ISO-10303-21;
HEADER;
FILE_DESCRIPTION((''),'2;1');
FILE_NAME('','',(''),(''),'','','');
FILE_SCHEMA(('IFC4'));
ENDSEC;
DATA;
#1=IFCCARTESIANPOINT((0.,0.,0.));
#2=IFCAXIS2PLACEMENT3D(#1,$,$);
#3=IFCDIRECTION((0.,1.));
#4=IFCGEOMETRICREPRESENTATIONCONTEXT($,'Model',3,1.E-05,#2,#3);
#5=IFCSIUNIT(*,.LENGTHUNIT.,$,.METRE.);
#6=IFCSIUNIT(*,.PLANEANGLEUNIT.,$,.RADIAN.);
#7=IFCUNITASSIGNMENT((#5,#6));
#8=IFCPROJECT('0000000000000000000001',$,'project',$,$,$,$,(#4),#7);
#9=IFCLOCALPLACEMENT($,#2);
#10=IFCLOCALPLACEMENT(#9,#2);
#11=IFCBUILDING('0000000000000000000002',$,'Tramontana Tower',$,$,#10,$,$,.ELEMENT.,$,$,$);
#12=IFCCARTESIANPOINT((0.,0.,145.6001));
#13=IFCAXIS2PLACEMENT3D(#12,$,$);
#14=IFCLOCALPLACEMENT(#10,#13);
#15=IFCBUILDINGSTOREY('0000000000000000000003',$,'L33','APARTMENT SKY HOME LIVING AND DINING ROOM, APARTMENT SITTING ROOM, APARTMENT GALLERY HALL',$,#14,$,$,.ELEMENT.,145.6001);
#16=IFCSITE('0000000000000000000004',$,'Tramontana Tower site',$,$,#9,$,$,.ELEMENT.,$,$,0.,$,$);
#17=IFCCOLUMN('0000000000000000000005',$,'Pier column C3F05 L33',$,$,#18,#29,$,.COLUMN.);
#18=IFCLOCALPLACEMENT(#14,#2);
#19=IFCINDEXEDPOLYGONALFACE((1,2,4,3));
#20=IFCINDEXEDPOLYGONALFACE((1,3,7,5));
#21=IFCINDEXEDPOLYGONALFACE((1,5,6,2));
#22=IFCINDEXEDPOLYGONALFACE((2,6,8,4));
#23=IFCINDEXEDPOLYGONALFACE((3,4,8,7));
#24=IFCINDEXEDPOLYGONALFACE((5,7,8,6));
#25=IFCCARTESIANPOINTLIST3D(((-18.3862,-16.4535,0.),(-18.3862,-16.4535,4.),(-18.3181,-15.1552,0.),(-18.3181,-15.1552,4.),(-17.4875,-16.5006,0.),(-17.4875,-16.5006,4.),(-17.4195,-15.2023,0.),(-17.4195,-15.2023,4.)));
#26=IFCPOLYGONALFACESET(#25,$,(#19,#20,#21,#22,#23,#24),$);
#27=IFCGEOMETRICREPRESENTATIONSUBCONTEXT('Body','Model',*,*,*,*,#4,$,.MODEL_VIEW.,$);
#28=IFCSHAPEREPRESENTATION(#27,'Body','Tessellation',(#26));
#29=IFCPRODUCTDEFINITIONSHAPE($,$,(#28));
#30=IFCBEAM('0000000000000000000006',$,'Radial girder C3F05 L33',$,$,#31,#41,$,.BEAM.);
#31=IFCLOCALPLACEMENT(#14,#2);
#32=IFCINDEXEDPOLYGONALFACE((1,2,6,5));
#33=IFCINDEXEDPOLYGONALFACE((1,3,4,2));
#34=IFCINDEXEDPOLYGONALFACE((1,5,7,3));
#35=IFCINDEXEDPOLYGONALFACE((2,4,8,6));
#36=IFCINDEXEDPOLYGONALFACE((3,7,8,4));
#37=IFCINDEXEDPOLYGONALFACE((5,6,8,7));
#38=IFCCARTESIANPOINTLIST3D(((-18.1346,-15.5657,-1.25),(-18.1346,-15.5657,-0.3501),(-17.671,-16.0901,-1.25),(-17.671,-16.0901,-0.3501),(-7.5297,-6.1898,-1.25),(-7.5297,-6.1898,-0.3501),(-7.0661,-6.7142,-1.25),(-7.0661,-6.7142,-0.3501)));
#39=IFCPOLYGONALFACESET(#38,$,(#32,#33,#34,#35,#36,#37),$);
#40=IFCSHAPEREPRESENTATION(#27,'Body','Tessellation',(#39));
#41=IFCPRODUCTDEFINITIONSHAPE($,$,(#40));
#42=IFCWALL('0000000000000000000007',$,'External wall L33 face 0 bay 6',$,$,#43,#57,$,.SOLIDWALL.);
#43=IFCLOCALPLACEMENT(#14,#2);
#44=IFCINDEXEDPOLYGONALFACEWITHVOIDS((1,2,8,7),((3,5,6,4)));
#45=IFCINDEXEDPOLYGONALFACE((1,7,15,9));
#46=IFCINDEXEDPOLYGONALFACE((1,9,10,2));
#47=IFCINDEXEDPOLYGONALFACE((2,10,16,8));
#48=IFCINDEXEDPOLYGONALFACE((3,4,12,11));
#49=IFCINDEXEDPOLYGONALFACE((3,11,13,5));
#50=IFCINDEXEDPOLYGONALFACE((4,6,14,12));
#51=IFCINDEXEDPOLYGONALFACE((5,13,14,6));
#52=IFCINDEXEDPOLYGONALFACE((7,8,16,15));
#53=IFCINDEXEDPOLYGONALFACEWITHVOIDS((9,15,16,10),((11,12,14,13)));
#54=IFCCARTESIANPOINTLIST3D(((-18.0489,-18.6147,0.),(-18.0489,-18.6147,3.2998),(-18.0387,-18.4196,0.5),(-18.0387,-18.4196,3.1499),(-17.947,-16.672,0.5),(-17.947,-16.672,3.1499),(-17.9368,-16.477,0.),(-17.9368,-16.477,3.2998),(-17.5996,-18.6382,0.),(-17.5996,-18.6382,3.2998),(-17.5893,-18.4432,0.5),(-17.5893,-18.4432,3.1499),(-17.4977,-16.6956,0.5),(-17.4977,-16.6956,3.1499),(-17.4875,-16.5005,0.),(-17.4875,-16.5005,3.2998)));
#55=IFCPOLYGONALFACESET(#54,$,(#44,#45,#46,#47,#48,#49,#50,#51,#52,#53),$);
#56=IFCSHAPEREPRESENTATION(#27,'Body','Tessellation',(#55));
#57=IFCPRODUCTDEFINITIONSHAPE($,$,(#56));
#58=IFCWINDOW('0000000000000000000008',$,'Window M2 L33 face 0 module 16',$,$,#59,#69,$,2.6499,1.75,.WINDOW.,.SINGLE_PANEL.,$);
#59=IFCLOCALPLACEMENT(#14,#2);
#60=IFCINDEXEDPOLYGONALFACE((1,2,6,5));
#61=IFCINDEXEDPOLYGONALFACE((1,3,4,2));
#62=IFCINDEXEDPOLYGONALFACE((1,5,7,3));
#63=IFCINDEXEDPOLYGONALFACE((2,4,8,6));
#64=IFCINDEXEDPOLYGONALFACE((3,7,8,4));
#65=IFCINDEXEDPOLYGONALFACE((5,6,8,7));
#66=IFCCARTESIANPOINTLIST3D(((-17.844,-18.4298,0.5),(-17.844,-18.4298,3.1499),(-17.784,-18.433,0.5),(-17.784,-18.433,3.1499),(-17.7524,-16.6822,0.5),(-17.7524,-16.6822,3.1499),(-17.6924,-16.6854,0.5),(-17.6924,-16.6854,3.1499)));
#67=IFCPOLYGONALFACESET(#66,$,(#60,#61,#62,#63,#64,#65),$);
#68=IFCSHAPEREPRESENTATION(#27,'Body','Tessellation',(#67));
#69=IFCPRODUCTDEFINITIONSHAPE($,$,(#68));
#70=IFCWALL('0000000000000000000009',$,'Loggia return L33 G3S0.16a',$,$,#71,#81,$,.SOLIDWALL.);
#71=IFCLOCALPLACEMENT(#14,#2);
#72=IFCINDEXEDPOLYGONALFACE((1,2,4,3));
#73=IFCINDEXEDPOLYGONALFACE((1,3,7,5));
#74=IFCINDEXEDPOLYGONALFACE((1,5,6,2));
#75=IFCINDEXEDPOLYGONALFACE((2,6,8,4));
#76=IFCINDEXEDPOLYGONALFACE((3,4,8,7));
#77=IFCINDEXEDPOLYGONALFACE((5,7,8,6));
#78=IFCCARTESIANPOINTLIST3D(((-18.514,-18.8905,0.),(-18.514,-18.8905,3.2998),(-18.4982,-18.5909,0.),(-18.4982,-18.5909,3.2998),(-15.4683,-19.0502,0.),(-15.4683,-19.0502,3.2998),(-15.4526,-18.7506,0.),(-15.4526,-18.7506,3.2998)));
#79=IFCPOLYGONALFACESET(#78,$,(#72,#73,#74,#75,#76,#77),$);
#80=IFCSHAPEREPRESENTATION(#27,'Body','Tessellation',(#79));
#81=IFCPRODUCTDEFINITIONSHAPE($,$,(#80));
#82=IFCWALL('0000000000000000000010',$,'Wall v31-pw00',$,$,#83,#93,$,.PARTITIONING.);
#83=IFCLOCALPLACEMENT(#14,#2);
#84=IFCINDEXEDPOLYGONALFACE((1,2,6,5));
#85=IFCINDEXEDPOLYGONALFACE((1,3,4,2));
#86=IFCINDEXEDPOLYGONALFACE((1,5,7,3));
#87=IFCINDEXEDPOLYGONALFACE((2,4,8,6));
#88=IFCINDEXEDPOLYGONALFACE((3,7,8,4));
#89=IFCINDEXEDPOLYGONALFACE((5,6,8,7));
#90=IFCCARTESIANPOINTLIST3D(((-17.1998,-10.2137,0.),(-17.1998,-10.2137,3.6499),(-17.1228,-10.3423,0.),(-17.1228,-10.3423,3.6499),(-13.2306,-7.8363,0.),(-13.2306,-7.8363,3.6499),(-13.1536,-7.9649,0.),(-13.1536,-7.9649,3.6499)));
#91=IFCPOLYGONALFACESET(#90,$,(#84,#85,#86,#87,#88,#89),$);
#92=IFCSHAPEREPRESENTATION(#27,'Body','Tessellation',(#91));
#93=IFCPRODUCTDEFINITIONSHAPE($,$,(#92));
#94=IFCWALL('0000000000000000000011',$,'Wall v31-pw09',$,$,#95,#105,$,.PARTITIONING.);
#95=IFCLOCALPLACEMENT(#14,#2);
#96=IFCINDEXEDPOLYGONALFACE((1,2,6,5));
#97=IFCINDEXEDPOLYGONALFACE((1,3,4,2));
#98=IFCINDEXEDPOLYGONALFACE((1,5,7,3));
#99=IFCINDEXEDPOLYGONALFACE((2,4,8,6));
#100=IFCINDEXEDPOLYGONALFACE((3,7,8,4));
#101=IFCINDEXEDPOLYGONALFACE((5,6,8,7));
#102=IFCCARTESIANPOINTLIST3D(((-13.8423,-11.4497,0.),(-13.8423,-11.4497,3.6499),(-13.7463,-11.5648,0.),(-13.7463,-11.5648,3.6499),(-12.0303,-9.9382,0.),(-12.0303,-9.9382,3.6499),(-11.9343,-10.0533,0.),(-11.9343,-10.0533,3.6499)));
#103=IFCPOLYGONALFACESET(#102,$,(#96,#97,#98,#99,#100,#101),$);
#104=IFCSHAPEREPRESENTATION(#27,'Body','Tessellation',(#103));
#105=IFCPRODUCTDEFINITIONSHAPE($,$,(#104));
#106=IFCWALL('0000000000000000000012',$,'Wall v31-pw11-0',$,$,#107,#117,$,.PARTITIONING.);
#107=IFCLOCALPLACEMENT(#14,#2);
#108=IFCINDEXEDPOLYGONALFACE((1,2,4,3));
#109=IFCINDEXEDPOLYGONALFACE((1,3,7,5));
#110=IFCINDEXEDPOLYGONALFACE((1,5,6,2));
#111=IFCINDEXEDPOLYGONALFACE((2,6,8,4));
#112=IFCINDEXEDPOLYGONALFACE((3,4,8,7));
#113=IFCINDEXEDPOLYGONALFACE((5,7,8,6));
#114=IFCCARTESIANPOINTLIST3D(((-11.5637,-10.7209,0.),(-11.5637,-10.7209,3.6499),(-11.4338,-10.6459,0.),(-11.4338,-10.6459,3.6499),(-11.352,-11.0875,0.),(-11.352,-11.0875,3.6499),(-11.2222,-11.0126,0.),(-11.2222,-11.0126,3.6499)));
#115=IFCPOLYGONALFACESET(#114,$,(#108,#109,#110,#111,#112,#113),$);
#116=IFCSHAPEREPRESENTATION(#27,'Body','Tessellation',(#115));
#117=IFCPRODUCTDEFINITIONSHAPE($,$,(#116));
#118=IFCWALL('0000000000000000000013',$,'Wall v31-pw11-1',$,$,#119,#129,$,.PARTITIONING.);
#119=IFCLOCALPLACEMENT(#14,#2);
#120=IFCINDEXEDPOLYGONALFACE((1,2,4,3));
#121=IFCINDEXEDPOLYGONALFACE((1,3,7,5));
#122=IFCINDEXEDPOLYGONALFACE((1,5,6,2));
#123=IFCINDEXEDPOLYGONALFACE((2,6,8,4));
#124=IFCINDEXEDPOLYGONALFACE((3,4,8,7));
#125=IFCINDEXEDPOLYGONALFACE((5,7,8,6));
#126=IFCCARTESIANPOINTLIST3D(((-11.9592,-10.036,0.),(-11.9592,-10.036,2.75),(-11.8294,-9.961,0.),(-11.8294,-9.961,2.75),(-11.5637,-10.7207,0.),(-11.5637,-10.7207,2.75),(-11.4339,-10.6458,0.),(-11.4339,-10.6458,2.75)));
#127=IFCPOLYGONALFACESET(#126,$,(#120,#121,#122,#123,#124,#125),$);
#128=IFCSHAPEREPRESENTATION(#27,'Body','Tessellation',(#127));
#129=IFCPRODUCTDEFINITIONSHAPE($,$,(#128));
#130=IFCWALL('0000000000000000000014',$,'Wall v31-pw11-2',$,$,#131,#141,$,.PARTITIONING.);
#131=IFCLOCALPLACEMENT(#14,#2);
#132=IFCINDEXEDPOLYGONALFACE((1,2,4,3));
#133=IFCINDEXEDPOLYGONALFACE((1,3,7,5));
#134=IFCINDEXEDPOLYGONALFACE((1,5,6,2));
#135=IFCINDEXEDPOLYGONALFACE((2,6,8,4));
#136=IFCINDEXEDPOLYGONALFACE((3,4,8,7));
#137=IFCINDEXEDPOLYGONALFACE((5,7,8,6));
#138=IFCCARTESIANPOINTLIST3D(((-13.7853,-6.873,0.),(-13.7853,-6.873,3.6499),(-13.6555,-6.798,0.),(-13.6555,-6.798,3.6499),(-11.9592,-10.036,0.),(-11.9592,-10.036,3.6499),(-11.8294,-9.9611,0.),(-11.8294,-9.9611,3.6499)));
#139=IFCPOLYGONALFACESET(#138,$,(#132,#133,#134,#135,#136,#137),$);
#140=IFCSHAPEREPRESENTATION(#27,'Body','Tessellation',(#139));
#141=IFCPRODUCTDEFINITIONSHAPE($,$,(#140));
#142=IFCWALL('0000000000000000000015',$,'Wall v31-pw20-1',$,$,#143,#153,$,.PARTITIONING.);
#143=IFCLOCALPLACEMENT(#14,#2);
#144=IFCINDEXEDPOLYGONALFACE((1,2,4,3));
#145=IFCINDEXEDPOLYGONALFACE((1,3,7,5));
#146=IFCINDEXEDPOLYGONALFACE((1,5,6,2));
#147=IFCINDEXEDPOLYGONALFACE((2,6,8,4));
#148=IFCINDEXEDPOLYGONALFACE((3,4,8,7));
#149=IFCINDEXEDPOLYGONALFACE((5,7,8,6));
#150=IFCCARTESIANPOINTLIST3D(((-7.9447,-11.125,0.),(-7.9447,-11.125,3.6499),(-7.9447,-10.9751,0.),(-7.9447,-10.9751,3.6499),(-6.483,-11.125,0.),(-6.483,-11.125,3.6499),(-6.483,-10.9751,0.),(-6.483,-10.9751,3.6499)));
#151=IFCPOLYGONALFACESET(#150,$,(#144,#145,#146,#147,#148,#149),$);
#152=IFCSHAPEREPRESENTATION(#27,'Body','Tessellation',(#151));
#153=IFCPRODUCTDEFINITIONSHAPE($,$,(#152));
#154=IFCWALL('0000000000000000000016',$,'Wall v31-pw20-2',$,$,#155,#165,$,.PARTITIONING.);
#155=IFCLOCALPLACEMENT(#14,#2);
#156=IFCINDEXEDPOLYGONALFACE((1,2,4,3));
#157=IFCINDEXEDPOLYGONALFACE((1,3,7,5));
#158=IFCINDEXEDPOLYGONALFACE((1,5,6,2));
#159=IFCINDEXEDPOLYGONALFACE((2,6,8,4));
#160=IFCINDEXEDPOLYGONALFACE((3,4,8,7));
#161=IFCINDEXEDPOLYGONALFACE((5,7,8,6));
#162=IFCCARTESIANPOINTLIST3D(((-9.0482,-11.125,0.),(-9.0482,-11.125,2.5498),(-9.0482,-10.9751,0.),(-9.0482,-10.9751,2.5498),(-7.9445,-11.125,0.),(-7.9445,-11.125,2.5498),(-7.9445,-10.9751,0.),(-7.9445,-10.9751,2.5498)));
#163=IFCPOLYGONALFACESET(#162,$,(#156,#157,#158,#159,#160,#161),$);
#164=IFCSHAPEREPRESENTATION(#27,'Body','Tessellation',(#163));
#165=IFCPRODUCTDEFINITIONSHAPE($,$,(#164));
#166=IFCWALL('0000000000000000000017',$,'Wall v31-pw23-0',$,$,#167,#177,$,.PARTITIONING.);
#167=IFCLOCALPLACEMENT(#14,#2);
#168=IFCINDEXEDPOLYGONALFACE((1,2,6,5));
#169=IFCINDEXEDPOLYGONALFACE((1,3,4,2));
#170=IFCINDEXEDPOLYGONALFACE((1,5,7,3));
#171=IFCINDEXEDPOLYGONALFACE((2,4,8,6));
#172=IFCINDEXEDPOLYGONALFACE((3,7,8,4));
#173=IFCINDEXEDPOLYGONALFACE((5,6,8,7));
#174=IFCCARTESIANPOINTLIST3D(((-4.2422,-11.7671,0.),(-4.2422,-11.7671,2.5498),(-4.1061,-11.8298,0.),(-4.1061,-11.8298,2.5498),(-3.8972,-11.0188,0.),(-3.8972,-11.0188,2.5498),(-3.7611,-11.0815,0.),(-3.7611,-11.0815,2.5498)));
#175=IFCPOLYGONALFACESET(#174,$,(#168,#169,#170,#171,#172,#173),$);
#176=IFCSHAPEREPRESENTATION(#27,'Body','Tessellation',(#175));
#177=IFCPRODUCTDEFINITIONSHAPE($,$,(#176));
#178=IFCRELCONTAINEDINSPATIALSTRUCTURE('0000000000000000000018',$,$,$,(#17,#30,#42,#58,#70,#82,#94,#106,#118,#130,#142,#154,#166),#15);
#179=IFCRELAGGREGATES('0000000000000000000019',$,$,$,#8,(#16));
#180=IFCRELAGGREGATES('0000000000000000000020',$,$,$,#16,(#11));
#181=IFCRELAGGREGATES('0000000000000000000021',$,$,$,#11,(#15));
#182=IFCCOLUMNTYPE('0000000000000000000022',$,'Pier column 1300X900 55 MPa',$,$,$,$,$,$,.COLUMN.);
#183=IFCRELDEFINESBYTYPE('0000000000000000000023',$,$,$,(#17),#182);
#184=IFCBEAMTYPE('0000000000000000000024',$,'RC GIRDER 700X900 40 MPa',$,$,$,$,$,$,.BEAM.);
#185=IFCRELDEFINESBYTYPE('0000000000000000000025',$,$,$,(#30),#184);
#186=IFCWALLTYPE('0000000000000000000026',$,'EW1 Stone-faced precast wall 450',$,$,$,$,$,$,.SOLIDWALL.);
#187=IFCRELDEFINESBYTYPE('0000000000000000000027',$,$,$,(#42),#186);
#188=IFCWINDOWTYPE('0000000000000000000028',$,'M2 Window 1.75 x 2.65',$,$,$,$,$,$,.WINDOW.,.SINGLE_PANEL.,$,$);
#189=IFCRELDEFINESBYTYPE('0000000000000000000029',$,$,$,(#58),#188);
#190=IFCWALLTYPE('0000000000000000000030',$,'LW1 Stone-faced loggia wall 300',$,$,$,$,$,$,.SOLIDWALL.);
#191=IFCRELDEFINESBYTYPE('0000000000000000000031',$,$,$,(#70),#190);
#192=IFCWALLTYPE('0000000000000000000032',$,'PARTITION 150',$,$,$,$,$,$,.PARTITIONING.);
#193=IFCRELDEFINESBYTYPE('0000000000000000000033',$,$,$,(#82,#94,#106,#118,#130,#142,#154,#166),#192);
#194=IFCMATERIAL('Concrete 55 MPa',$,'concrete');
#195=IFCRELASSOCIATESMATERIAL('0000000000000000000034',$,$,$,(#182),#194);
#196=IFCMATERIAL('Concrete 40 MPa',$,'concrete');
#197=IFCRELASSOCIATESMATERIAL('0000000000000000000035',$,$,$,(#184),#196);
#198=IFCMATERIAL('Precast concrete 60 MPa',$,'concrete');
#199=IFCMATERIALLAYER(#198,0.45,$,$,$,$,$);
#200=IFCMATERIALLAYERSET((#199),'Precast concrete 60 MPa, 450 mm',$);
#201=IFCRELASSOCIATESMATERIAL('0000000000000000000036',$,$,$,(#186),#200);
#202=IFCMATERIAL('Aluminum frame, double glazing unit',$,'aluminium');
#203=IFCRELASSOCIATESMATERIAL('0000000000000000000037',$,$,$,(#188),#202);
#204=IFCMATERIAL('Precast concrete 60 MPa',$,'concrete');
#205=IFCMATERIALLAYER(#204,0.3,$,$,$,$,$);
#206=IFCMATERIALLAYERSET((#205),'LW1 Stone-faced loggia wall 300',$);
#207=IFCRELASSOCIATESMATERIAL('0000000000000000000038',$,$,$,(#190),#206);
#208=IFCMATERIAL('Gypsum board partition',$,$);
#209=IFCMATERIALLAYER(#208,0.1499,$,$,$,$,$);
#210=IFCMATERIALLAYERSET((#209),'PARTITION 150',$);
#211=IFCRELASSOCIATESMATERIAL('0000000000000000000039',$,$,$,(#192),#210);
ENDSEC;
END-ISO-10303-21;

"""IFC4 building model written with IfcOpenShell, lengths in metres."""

from ifc_helpers import new_model, si_unit, direction, frame, frame_2d, origin, origin_2d, place, context, subcontext, project, spatial, rectangle, extrude, material, layer, layer_set, material_profile, profile_set, type_object, element, fill, save


model = new_model("IFC4")

# Units and contexts
model_context = context("Model", 3, precision=1e-05, world=origin(), true_north=direction((0.0, 1.0)))
body_context = subcontext(model_context, "Body", "Model", "MODEL_VIEW")
ifc_project = project(units=[si_unit("LENGTHUNIT", "METRE"), si_unit("PLANEANGLEUNIT", "RADIAN")], contexts=[model_context])

# Site, building, storey
site_placement = place(None, origin())
site = spatial("IfcSite", under=ifc_project, at=site_placement, Name="Tramontana Tower site", CompositionType="ELEMENT", RefElevation=0.0)
building_placement = place(site_placement, origin())
building = spatial("IfcBuilding", under=site, at=building_placement, Name="Tramontana Tower", CompositionType="ELEMENT")
storey_placement = place(building_placement, frame((0.0, 0.0, 145.6001)))
storey = spatial("IfcBuildingStorey", under=building, at=storey_placement, Name="L33", Description="APARTMENT SKY HOME LIVING AND DINING ROOM, APARTMENT SITTING ROOM, APARTMENT GALLERY HALL", CompositionType="ELEMENT", Elevation=145.6001)

# Column
ifc_material_1 = material(Name="Concrete 55 MPa", Category="concrete")
ifc_material_profile_1 = material_profile(ifc_material_1, rectangle(XDim=1.3, YDim=0.8999, at=origin_2d()), Name="Pier column 1300X900 55 MPa")
ifc_profile_set_1 = profile_set([ifc_material_profile_1], Name="Concrete 55 MPa")
column_type = type_object("IfcColumnType", Name="Pier column 1300X900 55 MPa", PredefinedType="COLUMN", material=ifc_profile_set_1)
column_placement = place(storey_placement, frame((-17.9028, -15.8279, 0.0), z_axis=(0.0, 0.0, 1.0), x_axis=(-0.052336, -0.99863, 0.0)))
element("IfcColumn", 1, at=column_placement, inside=storey, type_object=column_type, Name="Pier column C3F05 L33", PredefinedType="COLUMN", context=body_context, shape_type="SweptSolid", body=[
    extrude(rectangle(XDim=1.3, YDim=0.8999, at=origin_2d()), origin(), (0.0, 0.0, 1.0), 4.0),
])

# Beam
ifc_material_2 = material(Name="Concrete 40 MPa", Category="concrete")
ifc_material_profile_2 = material_profile(ifc_material_2, rectangle(XDim=0.7, YDim=0.8999, at=origin_2d()), Name="RC GIRDER 700X900 40 MPa")
ifc_profile_set_2 = profile_set([ifc_material_profile_2], Name="Concrete 40 MPa")
beam_type = type_object("IfcBeamType", Name="RC GIRDER 700X900 40 MPa", PredefinedType="BEAM", material=ifc_profile_set_2)
beam_placement = place(storey_placement, frame((-17.9028, -15.8279, -0.8), z_axis=(0.749184, 0.662362, 0.0), x_axis=(-0.662362, 0.749184, 0.0)))
element("IfcBeam", 2, at=beam_placement, inside=storey, type_object=beam_type, Name="Radial girder C3F05 L33", PredefinedType="BEAM", context=body_context, shape_type="SweptSolid", body=[
    extrude(rectangle(XDim=0.7, YDim=0.8999, at=origin_2d()), origin(), (0.0, 0.0, 1.0), 14.1553),
])

# Wall, opening, window
ifc_material_3 = material(Name="Precast concrete 60 MPa", Category="concrete")
ifc_layer_1 = layer(ifc_material_3, 0.45)
ifc_layer_set_1 = layer_set([ifc_layer_1], Name="Precast concrete 60 MPa, 450 mm")
wall_type_1 = type_object("IfcWallType", Name="EW1 Stone-faced precast wall 450", PredefinedType="SOLIDWALL", material=ifc_layer_set_1)
wall_1_placement = place(storey_placement, frame((-17.7122, -16.4888, 0.0), z_axis=(0.0, 0.0, 1.0), x_axis=(-0.052349, -0.998629, 0.0)))
wall_1 = element("IfcWall", 3, at=wall_1_placement, inside=storey, type_object=wall_type_1, Name="External wall L33 face 0 bay 6", PredefinedType="SOLIDWALL", context=body_context, shape_type="SweptSolid", body=[
    extrude(rectangle(XDim=2.1406, YDim=0.45, at=frame_2d((1.0703, 0.0))), origin(), (0.0, 0.0, 1.0), 3.2998),
])
opening_1_placement = place(wall_1_placement, frame((0.1953, 0.0, 0.5)))
opening_1 = element("IfcOpeningElement", 4, at=opening_1_placement, cuts=wall_1, PredefinedType="OPENING", context=body_context, shape_type="SweptSolid", body=[
    extrude(rectangle(XDim=1.75, YDim=2.6499, at=frame_2d((0.875, 1.325))), frame((0.0, 0.2349, 0.0), z_axis=(0.0, -1.0, 0.0), x_axis=(1.0, 0.0, 0.0)), (0.0, 0.0, 1.0), 0.47),
])
ifc_material_4 = material(Name="Aluminum frame, double glazing unit", Category="aluminium")
window_type = type_object("IfcWindowType", Name="M2 Window 1.75 x 2.65", PartitioningType="SINGLE_PANEL", PredefinedType="WINDOW", material=ifc_material_4)
window_placement = place(opening_1_placement, origin())
window = element("IfcWindow", 5, at=window_placement, inside=storey, type_object=window_type, Name="Window M2 L33 face 0 module 16", OverallHeight=2.6499, OverallWidth=1.75, PartitioningType="SINGLE_PANEL", PredefinedType="WINDOW", context=body_context, shape_type="SweptSolid", body=[
    extrude(rectangle(XDim=1.75, YDim=2.6499, at=frame_2d((0.875, 1.325))), frame((0.0, 0.03, 0.0), z_axis=(0.0, -1.0, 0.0), x_axis=(1.0, 0.0, 0.0)), (0.0, 0.0, 1.0), 0.0601),
])
fill(opening_1, window)

# Walls
ifc_material_5 = material(Name="Precast concrete 60 MPa", Category="concrete")
ifc_layer_2 = layer(ifc_material_5, 0.3)
ifc_layer_set_2 = layer_set([ifc_layer_2], Name="LW1 Stone-faced loggia wall 300")
wall_type_2 = type_object("IfcWallType", Name="LW1 Stone-faced loggia wall 300", PredefinedType="SOLIDWALL", material=ifc_layer_set_2)
wall_2_placement = place(storey_placement, frame((-18.5061, -18.7407, 0.0), z_axis=(0.0, 0.0, 1.0), x_axis=(0.998629, -0.052353, 0.0)))
element("IfcWall", 6, at=wall_2_placement, inside=storey, type_object=wall_type_2, Name="Loggia return L33 G3S0.16a", PredefinedType="SOLIDWALL", context=body_context, shape_type="SweptSolid", body=[
    extrude(rectangle(XDim=3.0498, YDim=0.3, at=frame_2d((1.5249, 0.0))), origin(), (0.0, 0.0, 1.0), 3.2998),
])
ifc_material_6 = material(Name="Gypsum board partition")
ifc_layer_3 = layer(ifc_material_6, 0.1499)
ifc_layer_set_3 = layer_set([ifc_layer_3], Name="PARTITION 150")
wall_type_3 = type_object("IfcWallType", Name="PARTITION 150", PredefinedType="PARTITIONING", material=ifc_layer_set_3)
wall_3_placement = place(storey_placement, frame((-17.1614, -10.2781, 0.0), z_axis=(0.0, 0.0, 1.0), x_axis=(0.857884, 0.513844, 0.0)))
element("IfcWall", 7, at=wall_3_placement, inside=storey, type_object=wall_type_3, Name="Wall v31-pw00", PredefinedType="PARTITIONING", context=body_context, shape_type="SweptSolid", body=[
    extrude(rectangle(XDim=4.6267, YDim=0.1499, at=frame_2d((2.3135, 0.0))), origin(), (0.0, 0.0, 1.0), 3.6499),
])
wall_4_placement = place(storey_placement, frame((-11.9824, -9.9958, 0.0), z_axis=(0.0, 0.0, 1.0), x_axis=(-0.767916, -0.640551, 0.0)))
element("IfcWall", 8, at=wall_4_placement, inside=storey, type_object=wall_type_3, Name="Wall v31-pw09", PredefinedType="PARTITIONING", context=body_context, shape_type="SweptSolid", body=[
    extrude(rectangle(XDim=2.3596, YDim=0.1499, at=frame_2d((1.1797, 0.0))), origin(), (0.0, 0.0, 1.0), 3.6499),
])
wall_5_placement = place(storey_placement, frame((-11.2871, -11.05, 0.0), z_axis=(0.0, 0.0, 1.0), x_axis=(-0.499922, 0.86607, 0.0)))
element("IfcWall", 9, at=wall_5_placement, inside=storey, type_object=wall_type_3, Name="Wall v31-pw11-0", PredefinedType="PARTITIONING", context=body_context, shape_type="SweptSolid", body=[
    extrude(rectangle(XDim=0.4233, YDim=0.1499, at=frame_2d((0.2117, 0.0))), origin(), (0.0, 0.0, 1.0), 3.6499),
])
wall_6_placement = place(storey_placement, frame((-11.4988, -10.6833, 0.0), z_axis=(0.0, 0.0, 1.0), x_axis=(-0.500123, 0.865954, 0.0)))
element("IfcWall", 10, at=wall_6_placement, inside=storey, type_object=wall_type_3, Name="Wall v31-pw11-1", PredefinedType="PARTITIONING", context=body_context, shape_type="SweptSolid", body=[
    extrude(rectangle(XDim=0.7908, YDim=0.1499, at=frame_2d((0.3955, 0.0))), origin(), (0.0, 0.0, 1.0), 2.75),
])
wall_7_placement = place(storey_placement, frame((-11.8943, -9.9985, 0.0), z_axis=(0.0, 0.0, 1.0), x_axis=(-0.499992, 0.86603, 0.0)))
element("IfcWall", 11, at=wall_7_placement, inside=storey, type_object=wall_type_3, Name="Wall v31-pw11-2", PredefinedType="PARTITIONING", context=body_context, shape_type="SweptSolid", body=[
    extrude(rectangle(XDim=3.6523, YDim=0.1499, at=frame_2d((1.8262, 0.0))), origin(), (0.0, 0.0, 1.0), 3.6499),
])

# Walls
wall_8_placement = place(storey_placement, frame((-6.4829, -11.05, 0.0), z_axis=(0.0, 0.0, 1.0), x_axis=(-1.0, 0.0, 0.0)))
element("IfcWall", 12, at=wall_8_placement, inside=storey, type_object=wall_type_3, Name="Wall v31-pw20-1", PredefinedType="PARTITIONING", context=body_context, shape_type="SweptSolid", body=[
    extrude(rectangle(XDim=1.4617, YDim=0.1499, at=frame_2d((0.731, 0.0))), origin(), (0.0, 0.0, 1.0), 3.6499),
])
wall_9_placement = place(storey_placement, frame((-7.9446, -11.05, 0.0), z_axis=(0.0, 0.0, 1.0), x_axis=(-1.0, 0.0, 0.0)))
element("IfcWall", 13, at=wall_9_placement, inside=storey, type_object=wall_type_3, Name="Wall v31-pw20-2", PredefinedType="PARTITIONING", context=body_context, shape_type="SweptSolid", body=[
    extrude(rectangle(XDim=1.1038, YDim=0.1499, at=frame_2d((0.5518, 0.0))), origin(), (0.0, 0.0, 1.0), 2.5498),
])

# Wall
wall_10_placement = place(storey_placement, frame((-3.8291, -11.05, 0.0), z_axis=(0.0, 0.0, 1.0), x_axis=(-0.418664, -0.908141, 0.0)))
element("IfcWall", 14, at=wall_10_placement, inside=storey, type_object=wall_type_3, Name="Wall v31-pw23-0", PredefinedType="PARTITIONING", context=body_context, shape_type="SweptSolid", body=[
    extrude(rectangle(XDim=0.824, YDim=0.1499, at=frame_2d((0.4121, 0.0))), origin(), (0.0, 0.0, 1.0), 2.5498),
])

save(model, "model.ifc")
